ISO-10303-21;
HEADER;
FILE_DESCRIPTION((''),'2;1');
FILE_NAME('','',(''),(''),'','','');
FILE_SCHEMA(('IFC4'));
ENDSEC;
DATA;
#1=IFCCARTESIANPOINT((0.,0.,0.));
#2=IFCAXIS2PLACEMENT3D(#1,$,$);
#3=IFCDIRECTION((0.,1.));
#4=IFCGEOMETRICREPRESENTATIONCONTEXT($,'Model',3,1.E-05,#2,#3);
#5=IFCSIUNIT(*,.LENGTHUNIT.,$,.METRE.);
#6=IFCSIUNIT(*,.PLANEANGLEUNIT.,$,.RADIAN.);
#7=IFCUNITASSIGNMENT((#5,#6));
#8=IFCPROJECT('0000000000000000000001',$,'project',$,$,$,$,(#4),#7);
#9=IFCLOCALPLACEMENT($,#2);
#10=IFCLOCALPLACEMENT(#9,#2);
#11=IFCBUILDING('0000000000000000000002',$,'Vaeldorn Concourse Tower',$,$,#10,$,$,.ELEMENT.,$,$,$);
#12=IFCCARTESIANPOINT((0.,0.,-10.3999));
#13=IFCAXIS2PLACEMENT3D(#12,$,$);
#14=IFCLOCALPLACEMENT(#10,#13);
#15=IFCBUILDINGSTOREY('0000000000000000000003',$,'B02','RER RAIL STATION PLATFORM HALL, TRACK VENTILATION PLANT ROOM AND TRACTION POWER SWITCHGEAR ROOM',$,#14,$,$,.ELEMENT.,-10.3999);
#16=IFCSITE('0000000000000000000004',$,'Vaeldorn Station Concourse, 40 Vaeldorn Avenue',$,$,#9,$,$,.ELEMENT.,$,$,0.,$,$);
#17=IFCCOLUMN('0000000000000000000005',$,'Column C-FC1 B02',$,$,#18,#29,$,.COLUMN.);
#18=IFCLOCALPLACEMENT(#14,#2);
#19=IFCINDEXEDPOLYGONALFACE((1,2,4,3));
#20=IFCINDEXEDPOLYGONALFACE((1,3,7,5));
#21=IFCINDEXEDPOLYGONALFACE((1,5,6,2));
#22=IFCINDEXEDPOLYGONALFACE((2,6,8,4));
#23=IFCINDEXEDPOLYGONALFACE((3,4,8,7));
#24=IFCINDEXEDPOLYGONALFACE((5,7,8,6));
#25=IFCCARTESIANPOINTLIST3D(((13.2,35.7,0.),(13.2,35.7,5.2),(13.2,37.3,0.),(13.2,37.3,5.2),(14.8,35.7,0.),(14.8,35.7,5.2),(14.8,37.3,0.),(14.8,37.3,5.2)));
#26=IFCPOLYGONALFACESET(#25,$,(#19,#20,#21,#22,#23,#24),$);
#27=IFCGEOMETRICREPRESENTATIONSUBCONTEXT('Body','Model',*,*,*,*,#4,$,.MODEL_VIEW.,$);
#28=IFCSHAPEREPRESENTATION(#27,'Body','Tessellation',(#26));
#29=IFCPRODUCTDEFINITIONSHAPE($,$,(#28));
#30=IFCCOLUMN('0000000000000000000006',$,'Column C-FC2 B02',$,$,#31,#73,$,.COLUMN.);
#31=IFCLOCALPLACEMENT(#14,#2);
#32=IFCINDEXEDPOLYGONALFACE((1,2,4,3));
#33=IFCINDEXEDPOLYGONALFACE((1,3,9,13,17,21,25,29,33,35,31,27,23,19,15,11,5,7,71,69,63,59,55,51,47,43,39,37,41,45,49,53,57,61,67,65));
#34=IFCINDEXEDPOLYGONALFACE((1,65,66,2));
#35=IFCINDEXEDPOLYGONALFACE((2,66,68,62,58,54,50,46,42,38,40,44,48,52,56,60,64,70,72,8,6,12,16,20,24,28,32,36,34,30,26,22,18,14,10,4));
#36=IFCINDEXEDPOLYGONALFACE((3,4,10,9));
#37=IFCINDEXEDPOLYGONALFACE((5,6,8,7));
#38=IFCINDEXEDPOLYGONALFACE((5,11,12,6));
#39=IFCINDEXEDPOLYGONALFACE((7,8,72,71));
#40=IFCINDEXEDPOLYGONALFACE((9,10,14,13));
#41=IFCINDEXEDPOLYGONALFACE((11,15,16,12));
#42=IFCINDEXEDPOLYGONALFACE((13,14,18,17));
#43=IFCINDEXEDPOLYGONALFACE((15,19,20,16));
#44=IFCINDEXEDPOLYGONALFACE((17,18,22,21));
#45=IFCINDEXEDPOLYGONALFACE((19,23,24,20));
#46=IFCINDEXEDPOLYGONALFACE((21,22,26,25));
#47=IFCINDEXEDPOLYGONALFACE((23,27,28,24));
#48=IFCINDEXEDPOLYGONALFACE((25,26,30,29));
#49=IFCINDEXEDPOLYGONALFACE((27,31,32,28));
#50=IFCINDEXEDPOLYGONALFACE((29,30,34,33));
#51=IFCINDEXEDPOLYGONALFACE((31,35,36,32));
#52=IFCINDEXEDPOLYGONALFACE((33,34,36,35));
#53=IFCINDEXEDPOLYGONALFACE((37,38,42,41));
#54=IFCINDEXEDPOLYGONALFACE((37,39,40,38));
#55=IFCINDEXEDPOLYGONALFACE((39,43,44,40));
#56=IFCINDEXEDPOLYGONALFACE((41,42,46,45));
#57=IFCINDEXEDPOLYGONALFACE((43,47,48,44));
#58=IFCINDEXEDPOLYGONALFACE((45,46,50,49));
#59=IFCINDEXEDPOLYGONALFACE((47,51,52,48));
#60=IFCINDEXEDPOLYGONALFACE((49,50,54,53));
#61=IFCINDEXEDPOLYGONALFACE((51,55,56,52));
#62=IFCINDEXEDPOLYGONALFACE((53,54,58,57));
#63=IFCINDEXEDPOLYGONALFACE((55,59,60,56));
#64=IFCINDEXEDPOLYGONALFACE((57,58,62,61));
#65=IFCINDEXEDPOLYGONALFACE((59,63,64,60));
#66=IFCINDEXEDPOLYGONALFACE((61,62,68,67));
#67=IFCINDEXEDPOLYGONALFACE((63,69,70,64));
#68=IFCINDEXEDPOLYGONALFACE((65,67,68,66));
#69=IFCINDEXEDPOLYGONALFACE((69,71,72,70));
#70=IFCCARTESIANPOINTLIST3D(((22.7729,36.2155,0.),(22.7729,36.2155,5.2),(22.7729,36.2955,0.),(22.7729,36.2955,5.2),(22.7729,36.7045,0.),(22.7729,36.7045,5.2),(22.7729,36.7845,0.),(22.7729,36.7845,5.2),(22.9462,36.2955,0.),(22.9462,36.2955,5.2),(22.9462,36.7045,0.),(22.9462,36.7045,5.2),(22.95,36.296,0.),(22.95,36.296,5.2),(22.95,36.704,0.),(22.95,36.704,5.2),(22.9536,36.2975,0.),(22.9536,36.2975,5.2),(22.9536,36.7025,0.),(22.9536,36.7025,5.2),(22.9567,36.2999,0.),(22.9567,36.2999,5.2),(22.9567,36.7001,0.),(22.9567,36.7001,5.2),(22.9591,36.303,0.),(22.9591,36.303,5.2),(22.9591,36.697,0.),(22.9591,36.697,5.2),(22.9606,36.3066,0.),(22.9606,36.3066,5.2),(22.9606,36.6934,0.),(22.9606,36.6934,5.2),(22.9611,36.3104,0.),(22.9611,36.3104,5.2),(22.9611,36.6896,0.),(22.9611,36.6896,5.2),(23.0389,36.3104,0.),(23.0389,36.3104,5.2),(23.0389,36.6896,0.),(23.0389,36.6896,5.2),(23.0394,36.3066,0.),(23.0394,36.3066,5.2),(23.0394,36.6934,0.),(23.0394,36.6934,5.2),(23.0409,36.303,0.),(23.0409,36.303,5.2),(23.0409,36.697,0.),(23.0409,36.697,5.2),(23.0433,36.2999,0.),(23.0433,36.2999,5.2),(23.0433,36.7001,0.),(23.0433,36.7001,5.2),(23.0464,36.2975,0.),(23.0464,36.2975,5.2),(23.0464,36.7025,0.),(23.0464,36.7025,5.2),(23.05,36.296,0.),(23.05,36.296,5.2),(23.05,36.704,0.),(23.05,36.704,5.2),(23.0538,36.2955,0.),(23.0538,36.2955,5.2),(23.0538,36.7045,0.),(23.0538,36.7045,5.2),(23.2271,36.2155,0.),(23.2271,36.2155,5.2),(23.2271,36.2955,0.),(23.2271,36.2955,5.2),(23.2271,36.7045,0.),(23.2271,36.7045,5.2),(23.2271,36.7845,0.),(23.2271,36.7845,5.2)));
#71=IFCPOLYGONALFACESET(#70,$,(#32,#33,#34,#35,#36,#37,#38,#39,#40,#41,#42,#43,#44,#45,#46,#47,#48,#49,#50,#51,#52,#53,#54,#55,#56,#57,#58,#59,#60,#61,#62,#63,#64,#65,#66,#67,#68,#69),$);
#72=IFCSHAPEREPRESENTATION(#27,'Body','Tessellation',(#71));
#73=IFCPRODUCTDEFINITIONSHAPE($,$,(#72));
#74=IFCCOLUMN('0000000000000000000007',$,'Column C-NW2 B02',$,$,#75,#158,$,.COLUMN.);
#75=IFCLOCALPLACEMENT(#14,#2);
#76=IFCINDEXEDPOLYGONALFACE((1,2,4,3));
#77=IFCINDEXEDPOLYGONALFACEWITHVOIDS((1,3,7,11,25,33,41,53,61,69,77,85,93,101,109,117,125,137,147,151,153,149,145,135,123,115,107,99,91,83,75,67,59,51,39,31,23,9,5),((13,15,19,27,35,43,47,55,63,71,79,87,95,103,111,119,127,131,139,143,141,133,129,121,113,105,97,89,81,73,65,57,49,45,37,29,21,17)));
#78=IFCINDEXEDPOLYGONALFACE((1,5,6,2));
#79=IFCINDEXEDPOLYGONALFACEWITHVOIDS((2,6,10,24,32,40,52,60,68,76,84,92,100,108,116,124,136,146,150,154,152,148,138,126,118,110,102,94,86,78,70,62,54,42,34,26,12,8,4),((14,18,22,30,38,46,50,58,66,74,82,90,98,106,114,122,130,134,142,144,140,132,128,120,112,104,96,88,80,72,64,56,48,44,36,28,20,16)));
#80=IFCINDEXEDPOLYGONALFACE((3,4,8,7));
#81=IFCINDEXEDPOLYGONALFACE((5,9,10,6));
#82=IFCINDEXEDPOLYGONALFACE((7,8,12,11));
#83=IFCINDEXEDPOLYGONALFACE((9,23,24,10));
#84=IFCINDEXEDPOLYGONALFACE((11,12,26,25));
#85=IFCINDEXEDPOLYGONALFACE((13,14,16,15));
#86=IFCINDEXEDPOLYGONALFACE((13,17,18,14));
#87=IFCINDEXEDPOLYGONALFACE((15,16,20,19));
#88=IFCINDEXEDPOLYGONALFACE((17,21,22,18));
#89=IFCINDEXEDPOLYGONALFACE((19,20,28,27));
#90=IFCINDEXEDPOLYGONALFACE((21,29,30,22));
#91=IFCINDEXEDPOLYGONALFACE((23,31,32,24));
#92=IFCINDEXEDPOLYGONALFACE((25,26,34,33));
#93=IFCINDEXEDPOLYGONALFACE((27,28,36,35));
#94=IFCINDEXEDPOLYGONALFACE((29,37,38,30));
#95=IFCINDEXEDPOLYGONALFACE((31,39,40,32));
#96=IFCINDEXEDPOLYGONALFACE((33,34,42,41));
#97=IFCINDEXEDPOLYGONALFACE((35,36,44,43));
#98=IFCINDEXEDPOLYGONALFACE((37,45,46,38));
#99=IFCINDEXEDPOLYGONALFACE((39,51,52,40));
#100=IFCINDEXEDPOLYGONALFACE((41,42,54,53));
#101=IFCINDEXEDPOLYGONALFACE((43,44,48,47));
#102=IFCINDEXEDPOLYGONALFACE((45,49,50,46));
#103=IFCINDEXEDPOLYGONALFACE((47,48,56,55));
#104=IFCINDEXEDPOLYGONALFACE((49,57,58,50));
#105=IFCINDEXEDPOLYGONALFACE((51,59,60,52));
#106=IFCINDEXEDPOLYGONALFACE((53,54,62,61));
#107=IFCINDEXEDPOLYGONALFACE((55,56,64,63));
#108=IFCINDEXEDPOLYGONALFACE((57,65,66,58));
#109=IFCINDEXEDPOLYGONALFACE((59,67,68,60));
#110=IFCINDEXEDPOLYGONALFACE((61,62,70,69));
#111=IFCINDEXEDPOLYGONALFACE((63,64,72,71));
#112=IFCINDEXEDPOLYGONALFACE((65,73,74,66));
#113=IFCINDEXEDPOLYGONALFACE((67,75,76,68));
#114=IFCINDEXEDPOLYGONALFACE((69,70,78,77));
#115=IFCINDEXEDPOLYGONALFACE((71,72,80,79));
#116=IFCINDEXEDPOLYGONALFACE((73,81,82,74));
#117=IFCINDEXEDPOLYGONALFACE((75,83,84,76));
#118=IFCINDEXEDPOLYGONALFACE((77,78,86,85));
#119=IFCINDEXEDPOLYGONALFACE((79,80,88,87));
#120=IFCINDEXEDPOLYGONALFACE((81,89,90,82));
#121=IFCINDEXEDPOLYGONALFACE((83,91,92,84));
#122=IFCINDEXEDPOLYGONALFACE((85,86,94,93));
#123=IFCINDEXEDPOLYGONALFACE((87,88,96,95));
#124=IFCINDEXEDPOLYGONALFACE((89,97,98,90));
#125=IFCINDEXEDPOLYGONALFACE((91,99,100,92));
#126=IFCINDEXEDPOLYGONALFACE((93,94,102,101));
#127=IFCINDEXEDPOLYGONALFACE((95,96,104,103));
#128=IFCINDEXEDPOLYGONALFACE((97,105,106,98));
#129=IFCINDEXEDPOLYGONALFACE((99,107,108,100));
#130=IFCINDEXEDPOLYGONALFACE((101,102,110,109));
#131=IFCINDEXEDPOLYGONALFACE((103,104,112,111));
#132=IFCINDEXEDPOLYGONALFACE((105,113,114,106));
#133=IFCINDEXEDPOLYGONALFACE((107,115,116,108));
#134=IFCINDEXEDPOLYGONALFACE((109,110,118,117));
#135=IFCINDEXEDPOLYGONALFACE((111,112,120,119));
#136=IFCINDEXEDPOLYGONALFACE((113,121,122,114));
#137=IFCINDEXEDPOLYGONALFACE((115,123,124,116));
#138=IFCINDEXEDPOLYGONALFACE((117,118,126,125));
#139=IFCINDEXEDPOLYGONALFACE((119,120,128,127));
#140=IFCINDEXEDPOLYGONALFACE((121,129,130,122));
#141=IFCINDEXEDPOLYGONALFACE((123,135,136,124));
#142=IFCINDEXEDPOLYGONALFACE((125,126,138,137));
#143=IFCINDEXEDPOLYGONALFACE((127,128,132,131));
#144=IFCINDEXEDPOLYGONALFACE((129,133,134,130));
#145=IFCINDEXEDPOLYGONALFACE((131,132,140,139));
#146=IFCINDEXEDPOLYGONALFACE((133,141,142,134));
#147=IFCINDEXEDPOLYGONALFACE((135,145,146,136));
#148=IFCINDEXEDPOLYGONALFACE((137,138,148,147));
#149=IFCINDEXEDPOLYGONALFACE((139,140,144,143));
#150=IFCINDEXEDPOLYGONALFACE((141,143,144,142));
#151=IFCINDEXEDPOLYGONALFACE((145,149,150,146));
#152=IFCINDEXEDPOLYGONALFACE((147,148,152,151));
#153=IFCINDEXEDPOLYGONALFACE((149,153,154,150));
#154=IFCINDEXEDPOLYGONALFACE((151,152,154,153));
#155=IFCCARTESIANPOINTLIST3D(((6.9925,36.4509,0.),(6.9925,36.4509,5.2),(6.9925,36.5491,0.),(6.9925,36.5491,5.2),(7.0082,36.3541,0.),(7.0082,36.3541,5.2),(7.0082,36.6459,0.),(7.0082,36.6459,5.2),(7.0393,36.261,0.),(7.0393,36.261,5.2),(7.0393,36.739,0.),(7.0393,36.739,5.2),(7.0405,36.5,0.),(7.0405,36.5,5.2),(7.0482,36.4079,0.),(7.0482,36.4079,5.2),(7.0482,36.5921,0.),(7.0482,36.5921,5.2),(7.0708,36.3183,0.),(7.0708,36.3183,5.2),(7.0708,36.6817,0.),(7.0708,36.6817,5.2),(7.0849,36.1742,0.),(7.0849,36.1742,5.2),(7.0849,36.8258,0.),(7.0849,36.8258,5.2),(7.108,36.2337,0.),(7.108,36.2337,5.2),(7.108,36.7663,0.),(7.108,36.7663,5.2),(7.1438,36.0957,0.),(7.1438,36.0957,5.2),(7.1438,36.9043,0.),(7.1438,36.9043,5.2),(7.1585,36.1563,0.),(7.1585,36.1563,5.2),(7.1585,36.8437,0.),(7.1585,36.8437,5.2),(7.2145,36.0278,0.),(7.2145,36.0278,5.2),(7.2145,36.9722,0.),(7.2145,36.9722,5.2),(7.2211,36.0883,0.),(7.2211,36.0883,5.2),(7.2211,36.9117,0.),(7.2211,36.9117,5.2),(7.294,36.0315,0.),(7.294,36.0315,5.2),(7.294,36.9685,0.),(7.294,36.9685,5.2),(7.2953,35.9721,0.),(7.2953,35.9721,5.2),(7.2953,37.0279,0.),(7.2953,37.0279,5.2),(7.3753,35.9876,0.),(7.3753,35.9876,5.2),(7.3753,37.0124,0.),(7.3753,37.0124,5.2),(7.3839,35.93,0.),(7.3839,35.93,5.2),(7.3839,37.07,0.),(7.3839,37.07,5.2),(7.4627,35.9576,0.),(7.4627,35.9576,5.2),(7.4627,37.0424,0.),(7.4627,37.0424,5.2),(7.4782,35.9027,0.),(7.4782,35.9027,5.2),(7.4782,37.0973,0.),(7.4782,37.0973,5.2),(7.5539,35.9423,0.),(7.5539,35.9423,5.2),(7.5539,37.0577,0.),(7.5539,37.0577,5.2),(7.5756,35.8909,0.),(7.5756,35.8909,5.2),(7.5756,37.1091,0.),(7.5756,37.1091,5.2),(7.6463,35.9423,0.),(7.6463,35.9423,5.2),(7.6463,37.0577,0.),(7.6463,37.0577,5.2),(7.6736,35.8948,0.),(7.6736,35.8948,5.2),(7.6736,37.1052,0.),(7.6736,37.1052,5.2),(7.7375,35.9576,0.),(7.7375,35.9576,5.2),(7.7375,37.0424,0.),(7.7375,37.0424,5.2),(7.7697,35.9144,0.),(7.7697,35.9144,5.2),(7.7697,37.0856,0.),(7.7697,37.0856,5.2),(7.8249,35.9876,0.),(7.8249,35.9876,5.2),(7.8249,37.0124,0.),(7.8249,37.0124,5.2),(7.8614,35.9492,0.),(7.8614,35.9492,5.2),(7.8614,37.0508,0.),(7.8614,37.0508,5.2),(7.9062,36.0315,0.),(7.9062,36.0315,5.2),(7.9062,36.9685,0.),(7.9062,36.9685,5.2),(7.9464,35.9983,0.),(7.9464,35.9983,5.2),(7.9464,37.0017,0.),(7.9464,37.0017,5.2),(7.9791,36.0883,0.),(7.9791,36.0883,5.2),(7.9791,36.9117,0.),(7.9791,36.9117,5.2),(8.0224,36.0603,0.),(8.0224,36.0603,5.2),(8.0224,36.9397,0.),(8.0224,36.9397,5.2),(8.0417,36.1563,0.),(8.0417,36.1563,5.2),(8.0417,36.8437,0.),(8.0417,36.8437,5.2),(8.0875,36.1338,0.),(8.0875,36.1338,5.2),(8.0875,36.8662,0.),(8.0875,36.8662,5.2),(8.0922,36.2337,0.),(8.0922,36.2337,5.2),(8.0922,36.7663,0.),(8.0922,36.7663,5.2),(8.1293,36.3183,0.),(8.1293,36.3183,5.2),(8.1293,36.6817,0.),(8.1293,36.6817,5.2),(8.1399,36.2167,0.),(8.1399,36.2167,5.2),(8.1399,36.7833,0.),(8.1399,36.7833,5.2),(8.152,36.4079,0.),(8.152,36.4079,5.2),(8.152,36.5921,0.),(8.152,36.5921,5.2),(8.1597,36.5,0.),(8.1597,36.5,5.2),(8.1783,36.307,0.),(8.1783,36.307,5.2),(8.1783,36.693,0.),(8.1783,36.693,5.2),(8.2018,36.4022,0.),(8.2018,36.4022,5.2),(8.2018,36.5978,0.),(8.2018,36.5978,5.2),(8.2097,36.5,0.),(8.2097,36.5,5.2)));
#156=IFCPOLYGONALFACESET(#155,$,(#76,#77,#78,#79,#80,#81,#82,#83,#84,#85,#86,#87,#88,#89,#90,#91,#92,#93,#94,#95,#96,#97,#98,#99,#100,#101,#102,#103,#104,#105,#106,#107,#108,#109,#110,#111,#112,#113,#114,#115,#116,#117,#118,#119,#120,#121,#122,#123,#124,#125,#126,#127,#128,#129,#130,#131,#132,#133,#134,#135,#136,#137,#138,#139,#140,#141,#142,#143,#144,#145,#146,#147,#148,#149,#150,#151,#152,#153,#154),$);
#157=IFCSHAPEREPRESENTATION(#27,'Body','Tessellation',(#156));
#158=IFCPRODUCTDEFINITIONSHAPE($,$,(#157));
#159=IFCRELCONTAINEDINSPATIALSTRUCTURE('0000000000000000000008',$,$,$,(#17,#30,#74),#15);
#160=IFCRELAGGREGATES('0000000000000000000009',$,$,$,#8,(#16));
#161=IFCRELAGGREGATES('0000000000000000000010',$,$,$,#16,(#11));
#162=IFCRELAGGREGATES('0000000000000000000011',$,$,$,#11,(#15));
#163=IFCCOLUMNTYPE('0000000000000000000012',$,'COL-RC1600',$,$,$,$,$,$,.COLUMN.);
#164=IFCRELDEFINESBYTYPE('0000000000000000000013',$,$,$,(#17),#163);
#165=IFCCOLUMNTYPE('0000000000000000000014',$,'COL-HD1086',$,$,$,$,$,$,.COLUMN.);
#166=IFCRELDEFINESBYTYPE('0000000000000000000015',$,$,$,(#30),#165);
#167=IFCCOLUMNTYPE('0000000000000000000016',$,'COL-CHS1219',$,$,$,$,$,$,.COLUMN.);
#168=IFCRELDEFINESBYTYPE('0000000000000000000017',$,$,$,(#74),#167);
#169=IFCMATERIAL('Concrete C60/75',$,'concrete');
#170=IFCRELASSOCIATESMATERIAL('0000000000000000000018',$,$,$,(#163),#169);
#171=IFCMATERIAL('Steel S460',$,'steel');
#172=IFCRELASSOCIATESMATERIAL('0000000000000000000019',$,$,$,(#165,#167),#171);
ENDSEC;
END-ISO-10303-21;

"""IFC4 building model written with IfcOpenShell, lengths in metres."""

from ifc_helpers import new_model, si_unit, direction, frame, origin, origin_2d, place, context, subcontext, project, spatial, rectangle, hollow_circle, i_section, extrude, source, transform, mapped, material, material_profile, profile_set, type_object, element, save


model = new_model("IFC4")

# Units and contexts
model_context = context("Model", 3, precision=1e-05, world=origin(), true_north=direction((0.0, 1.0)))
body_context = subcontext(model_context, "Body", "Model", "MODEL_VIEW")
ifc_project = project(units=[si_unit("LENGTHUNIT", "METRE"), si_unit("PLANEANGLEUNIT", "RADIAN")], contexts=[model_context])

# Site, building, storey
site_placement = place(None, origin())
site = spatial("IfcSite", under=ifc_project, at=site_placement, Name="Vaeldorn Station Concourse, 40 Vaeldorn Avenue", CompositionType="ELEMENT", RefElevation=0.0)
building_placement = place(site_placement, origin())
building = spatial("IfcBuilding", under=site, at=building_placement, Name="Vaeldorn Concourse Tower", CompositionType="ELEMENT")
storey_placement = place(building_placement, frame((0.0, 0.0, -10.3999)))
storey = spatial("IfcBuildingStorey", under=building, at=storey_placement, Name="B02", Description="RER RAIL STATION PLATFORM HALL, TRACK VENTILATION PLANT ROOM AND TRACTION POWER SWITCHGEAR ROOM", CompositionType="ELEMENT", Elevation=-10.3999)

# Columns
ifc_material_1 = material(Name="Concrete C60/75", Category="concrete")
ifc_material_profile_1 = material_profile(ifc_material_1, rectangle(XDim=1.6001, YDim=1.6001, at=origin_2d()), Name="RC 1600x1600")
ifc_profile_set_1 = profile_set([ifc_material_profile_1], Name="Concrete C60/75")
column_type_1 = type_object("IfcColumnType", Name="COL-RC1600", PredefinedType="COLUMN", material=ifc_profile_set_1)
shared_shape_1 = source(origin(), body_context, "Body", "SweptSolid", [
    extrude(rectangle(XDim=1.6001, YDim=1.6001, at=origin_2d()), origin(), (0.0, 0.0, 1.0), 5.2),
])
column_1_placement = place(storey_placement, frame((14.0, 36.5, 0.0), z_axis=(0.0, 0.0, 1.0), x_axis=(1.0, 0.0, 0.0)))
element("IfcColumn", 1, at=column_1_placement, inside=storey, type_object=column_type_1, Name="Column C-FC1 B02", PredefinedType="COLUMN", context=body_context, shape_type="MappedRepresentation", body=[
    mapped(shared_shape_1, transform((0.0, 0.0, 0.0), scale=1.0)),
])
ifc_material_2 = material(Name="Steel S460", Category="steel")
ifc_material_profile_2 = material_profile(ifc_material_2, i_section(OverallWidth=0.4541, OverallDepth=0.5691, WebThickness=0.0779, FlangeThickness=0.0801, FilletRadius=0.0149, at=origin_2d()), Name="HD 400x1086")
ifc_profile_set_2 = profile_set([ifc_material_profile_2], Name="Steel S460")
column_type_2 = type_object("IfcColumnType", Name="COL-HD1086", PredefinedType="COLUMN", material=ifc_profile_set_2)
shared_shape_2 = source(origin(), body_context, "Body", "SweptSolid", [
    extrude(i_section(OverallWidth=0.4541, OverallDepth=0.5691, WebThickness=0.0779, FlangeThickness=0.0801, FilletRadius=0.0149, at=origin_2d()), origin(), (0.0, 0.0, 1.0), 5.2),
])
column_2_placement = place(storey_placement, frame((23.0, 36.5, 0.0), z_axis=(0.0, 0.0, 1.0), x_axis=(1.0, 0.0, 0.0)))
element("IfcColumn", 2, at=column_2_placement, inside=storey, type_object=column_type_2, Name="Column C-FC2 B02", PredefinedType="COLUMN", context=body_context, shape_type="MappedRepresentation", body=[
    mapped(shared_shape_2, transform((0.0, 0.0, 0.0), scale=1.0)),
])
ifc_material_profile_3 = material_profile(ifc_material_2, hollow_circle(Radius=0.6096, WallThickness=0.05, at=origin_2d()), Name="CHS 1219x50")
ifc_profile_set_3 = profile_set([ifc_material_profile_3], Name="Steel S460")
column_type_3 = type_object("IfcColumnType", Name="COL-CHS1219", PredefinedType="COLUMN", material=ifc_profile_set_3)
shared_shape_3 = source(origin(), body_context, "Body", "SweptSolid", [
    extrude(hollow_circle(Radius=0.6096, WallThickness=0.05, at=origin_2d()), origin(), (0.0, 0.0, 1.0), 5.2),
])
for number, where, z_axis, x_axis, name in (
    (3, (7.6001, 36.5, 0.0), (0.0, 0.0, 1.0), (1.0, 0.0, 0.0), "Column C-NW2 B02"),
):
    element("IfcColumn", number, at=place(storey_placement, frame(where, z_axis=z_axis, x_axis=x_axis)), inside=storey, type_object=column_type_3, Name=name, PredefinedType="COLUMN", context=body_context, shape_type="MappedRepresentation", body=[
        mapped(shared_shape_3, transform((0.0, 0.0, 0.0), scale=1.0)),
    ])

save(model, "model.ifc")
